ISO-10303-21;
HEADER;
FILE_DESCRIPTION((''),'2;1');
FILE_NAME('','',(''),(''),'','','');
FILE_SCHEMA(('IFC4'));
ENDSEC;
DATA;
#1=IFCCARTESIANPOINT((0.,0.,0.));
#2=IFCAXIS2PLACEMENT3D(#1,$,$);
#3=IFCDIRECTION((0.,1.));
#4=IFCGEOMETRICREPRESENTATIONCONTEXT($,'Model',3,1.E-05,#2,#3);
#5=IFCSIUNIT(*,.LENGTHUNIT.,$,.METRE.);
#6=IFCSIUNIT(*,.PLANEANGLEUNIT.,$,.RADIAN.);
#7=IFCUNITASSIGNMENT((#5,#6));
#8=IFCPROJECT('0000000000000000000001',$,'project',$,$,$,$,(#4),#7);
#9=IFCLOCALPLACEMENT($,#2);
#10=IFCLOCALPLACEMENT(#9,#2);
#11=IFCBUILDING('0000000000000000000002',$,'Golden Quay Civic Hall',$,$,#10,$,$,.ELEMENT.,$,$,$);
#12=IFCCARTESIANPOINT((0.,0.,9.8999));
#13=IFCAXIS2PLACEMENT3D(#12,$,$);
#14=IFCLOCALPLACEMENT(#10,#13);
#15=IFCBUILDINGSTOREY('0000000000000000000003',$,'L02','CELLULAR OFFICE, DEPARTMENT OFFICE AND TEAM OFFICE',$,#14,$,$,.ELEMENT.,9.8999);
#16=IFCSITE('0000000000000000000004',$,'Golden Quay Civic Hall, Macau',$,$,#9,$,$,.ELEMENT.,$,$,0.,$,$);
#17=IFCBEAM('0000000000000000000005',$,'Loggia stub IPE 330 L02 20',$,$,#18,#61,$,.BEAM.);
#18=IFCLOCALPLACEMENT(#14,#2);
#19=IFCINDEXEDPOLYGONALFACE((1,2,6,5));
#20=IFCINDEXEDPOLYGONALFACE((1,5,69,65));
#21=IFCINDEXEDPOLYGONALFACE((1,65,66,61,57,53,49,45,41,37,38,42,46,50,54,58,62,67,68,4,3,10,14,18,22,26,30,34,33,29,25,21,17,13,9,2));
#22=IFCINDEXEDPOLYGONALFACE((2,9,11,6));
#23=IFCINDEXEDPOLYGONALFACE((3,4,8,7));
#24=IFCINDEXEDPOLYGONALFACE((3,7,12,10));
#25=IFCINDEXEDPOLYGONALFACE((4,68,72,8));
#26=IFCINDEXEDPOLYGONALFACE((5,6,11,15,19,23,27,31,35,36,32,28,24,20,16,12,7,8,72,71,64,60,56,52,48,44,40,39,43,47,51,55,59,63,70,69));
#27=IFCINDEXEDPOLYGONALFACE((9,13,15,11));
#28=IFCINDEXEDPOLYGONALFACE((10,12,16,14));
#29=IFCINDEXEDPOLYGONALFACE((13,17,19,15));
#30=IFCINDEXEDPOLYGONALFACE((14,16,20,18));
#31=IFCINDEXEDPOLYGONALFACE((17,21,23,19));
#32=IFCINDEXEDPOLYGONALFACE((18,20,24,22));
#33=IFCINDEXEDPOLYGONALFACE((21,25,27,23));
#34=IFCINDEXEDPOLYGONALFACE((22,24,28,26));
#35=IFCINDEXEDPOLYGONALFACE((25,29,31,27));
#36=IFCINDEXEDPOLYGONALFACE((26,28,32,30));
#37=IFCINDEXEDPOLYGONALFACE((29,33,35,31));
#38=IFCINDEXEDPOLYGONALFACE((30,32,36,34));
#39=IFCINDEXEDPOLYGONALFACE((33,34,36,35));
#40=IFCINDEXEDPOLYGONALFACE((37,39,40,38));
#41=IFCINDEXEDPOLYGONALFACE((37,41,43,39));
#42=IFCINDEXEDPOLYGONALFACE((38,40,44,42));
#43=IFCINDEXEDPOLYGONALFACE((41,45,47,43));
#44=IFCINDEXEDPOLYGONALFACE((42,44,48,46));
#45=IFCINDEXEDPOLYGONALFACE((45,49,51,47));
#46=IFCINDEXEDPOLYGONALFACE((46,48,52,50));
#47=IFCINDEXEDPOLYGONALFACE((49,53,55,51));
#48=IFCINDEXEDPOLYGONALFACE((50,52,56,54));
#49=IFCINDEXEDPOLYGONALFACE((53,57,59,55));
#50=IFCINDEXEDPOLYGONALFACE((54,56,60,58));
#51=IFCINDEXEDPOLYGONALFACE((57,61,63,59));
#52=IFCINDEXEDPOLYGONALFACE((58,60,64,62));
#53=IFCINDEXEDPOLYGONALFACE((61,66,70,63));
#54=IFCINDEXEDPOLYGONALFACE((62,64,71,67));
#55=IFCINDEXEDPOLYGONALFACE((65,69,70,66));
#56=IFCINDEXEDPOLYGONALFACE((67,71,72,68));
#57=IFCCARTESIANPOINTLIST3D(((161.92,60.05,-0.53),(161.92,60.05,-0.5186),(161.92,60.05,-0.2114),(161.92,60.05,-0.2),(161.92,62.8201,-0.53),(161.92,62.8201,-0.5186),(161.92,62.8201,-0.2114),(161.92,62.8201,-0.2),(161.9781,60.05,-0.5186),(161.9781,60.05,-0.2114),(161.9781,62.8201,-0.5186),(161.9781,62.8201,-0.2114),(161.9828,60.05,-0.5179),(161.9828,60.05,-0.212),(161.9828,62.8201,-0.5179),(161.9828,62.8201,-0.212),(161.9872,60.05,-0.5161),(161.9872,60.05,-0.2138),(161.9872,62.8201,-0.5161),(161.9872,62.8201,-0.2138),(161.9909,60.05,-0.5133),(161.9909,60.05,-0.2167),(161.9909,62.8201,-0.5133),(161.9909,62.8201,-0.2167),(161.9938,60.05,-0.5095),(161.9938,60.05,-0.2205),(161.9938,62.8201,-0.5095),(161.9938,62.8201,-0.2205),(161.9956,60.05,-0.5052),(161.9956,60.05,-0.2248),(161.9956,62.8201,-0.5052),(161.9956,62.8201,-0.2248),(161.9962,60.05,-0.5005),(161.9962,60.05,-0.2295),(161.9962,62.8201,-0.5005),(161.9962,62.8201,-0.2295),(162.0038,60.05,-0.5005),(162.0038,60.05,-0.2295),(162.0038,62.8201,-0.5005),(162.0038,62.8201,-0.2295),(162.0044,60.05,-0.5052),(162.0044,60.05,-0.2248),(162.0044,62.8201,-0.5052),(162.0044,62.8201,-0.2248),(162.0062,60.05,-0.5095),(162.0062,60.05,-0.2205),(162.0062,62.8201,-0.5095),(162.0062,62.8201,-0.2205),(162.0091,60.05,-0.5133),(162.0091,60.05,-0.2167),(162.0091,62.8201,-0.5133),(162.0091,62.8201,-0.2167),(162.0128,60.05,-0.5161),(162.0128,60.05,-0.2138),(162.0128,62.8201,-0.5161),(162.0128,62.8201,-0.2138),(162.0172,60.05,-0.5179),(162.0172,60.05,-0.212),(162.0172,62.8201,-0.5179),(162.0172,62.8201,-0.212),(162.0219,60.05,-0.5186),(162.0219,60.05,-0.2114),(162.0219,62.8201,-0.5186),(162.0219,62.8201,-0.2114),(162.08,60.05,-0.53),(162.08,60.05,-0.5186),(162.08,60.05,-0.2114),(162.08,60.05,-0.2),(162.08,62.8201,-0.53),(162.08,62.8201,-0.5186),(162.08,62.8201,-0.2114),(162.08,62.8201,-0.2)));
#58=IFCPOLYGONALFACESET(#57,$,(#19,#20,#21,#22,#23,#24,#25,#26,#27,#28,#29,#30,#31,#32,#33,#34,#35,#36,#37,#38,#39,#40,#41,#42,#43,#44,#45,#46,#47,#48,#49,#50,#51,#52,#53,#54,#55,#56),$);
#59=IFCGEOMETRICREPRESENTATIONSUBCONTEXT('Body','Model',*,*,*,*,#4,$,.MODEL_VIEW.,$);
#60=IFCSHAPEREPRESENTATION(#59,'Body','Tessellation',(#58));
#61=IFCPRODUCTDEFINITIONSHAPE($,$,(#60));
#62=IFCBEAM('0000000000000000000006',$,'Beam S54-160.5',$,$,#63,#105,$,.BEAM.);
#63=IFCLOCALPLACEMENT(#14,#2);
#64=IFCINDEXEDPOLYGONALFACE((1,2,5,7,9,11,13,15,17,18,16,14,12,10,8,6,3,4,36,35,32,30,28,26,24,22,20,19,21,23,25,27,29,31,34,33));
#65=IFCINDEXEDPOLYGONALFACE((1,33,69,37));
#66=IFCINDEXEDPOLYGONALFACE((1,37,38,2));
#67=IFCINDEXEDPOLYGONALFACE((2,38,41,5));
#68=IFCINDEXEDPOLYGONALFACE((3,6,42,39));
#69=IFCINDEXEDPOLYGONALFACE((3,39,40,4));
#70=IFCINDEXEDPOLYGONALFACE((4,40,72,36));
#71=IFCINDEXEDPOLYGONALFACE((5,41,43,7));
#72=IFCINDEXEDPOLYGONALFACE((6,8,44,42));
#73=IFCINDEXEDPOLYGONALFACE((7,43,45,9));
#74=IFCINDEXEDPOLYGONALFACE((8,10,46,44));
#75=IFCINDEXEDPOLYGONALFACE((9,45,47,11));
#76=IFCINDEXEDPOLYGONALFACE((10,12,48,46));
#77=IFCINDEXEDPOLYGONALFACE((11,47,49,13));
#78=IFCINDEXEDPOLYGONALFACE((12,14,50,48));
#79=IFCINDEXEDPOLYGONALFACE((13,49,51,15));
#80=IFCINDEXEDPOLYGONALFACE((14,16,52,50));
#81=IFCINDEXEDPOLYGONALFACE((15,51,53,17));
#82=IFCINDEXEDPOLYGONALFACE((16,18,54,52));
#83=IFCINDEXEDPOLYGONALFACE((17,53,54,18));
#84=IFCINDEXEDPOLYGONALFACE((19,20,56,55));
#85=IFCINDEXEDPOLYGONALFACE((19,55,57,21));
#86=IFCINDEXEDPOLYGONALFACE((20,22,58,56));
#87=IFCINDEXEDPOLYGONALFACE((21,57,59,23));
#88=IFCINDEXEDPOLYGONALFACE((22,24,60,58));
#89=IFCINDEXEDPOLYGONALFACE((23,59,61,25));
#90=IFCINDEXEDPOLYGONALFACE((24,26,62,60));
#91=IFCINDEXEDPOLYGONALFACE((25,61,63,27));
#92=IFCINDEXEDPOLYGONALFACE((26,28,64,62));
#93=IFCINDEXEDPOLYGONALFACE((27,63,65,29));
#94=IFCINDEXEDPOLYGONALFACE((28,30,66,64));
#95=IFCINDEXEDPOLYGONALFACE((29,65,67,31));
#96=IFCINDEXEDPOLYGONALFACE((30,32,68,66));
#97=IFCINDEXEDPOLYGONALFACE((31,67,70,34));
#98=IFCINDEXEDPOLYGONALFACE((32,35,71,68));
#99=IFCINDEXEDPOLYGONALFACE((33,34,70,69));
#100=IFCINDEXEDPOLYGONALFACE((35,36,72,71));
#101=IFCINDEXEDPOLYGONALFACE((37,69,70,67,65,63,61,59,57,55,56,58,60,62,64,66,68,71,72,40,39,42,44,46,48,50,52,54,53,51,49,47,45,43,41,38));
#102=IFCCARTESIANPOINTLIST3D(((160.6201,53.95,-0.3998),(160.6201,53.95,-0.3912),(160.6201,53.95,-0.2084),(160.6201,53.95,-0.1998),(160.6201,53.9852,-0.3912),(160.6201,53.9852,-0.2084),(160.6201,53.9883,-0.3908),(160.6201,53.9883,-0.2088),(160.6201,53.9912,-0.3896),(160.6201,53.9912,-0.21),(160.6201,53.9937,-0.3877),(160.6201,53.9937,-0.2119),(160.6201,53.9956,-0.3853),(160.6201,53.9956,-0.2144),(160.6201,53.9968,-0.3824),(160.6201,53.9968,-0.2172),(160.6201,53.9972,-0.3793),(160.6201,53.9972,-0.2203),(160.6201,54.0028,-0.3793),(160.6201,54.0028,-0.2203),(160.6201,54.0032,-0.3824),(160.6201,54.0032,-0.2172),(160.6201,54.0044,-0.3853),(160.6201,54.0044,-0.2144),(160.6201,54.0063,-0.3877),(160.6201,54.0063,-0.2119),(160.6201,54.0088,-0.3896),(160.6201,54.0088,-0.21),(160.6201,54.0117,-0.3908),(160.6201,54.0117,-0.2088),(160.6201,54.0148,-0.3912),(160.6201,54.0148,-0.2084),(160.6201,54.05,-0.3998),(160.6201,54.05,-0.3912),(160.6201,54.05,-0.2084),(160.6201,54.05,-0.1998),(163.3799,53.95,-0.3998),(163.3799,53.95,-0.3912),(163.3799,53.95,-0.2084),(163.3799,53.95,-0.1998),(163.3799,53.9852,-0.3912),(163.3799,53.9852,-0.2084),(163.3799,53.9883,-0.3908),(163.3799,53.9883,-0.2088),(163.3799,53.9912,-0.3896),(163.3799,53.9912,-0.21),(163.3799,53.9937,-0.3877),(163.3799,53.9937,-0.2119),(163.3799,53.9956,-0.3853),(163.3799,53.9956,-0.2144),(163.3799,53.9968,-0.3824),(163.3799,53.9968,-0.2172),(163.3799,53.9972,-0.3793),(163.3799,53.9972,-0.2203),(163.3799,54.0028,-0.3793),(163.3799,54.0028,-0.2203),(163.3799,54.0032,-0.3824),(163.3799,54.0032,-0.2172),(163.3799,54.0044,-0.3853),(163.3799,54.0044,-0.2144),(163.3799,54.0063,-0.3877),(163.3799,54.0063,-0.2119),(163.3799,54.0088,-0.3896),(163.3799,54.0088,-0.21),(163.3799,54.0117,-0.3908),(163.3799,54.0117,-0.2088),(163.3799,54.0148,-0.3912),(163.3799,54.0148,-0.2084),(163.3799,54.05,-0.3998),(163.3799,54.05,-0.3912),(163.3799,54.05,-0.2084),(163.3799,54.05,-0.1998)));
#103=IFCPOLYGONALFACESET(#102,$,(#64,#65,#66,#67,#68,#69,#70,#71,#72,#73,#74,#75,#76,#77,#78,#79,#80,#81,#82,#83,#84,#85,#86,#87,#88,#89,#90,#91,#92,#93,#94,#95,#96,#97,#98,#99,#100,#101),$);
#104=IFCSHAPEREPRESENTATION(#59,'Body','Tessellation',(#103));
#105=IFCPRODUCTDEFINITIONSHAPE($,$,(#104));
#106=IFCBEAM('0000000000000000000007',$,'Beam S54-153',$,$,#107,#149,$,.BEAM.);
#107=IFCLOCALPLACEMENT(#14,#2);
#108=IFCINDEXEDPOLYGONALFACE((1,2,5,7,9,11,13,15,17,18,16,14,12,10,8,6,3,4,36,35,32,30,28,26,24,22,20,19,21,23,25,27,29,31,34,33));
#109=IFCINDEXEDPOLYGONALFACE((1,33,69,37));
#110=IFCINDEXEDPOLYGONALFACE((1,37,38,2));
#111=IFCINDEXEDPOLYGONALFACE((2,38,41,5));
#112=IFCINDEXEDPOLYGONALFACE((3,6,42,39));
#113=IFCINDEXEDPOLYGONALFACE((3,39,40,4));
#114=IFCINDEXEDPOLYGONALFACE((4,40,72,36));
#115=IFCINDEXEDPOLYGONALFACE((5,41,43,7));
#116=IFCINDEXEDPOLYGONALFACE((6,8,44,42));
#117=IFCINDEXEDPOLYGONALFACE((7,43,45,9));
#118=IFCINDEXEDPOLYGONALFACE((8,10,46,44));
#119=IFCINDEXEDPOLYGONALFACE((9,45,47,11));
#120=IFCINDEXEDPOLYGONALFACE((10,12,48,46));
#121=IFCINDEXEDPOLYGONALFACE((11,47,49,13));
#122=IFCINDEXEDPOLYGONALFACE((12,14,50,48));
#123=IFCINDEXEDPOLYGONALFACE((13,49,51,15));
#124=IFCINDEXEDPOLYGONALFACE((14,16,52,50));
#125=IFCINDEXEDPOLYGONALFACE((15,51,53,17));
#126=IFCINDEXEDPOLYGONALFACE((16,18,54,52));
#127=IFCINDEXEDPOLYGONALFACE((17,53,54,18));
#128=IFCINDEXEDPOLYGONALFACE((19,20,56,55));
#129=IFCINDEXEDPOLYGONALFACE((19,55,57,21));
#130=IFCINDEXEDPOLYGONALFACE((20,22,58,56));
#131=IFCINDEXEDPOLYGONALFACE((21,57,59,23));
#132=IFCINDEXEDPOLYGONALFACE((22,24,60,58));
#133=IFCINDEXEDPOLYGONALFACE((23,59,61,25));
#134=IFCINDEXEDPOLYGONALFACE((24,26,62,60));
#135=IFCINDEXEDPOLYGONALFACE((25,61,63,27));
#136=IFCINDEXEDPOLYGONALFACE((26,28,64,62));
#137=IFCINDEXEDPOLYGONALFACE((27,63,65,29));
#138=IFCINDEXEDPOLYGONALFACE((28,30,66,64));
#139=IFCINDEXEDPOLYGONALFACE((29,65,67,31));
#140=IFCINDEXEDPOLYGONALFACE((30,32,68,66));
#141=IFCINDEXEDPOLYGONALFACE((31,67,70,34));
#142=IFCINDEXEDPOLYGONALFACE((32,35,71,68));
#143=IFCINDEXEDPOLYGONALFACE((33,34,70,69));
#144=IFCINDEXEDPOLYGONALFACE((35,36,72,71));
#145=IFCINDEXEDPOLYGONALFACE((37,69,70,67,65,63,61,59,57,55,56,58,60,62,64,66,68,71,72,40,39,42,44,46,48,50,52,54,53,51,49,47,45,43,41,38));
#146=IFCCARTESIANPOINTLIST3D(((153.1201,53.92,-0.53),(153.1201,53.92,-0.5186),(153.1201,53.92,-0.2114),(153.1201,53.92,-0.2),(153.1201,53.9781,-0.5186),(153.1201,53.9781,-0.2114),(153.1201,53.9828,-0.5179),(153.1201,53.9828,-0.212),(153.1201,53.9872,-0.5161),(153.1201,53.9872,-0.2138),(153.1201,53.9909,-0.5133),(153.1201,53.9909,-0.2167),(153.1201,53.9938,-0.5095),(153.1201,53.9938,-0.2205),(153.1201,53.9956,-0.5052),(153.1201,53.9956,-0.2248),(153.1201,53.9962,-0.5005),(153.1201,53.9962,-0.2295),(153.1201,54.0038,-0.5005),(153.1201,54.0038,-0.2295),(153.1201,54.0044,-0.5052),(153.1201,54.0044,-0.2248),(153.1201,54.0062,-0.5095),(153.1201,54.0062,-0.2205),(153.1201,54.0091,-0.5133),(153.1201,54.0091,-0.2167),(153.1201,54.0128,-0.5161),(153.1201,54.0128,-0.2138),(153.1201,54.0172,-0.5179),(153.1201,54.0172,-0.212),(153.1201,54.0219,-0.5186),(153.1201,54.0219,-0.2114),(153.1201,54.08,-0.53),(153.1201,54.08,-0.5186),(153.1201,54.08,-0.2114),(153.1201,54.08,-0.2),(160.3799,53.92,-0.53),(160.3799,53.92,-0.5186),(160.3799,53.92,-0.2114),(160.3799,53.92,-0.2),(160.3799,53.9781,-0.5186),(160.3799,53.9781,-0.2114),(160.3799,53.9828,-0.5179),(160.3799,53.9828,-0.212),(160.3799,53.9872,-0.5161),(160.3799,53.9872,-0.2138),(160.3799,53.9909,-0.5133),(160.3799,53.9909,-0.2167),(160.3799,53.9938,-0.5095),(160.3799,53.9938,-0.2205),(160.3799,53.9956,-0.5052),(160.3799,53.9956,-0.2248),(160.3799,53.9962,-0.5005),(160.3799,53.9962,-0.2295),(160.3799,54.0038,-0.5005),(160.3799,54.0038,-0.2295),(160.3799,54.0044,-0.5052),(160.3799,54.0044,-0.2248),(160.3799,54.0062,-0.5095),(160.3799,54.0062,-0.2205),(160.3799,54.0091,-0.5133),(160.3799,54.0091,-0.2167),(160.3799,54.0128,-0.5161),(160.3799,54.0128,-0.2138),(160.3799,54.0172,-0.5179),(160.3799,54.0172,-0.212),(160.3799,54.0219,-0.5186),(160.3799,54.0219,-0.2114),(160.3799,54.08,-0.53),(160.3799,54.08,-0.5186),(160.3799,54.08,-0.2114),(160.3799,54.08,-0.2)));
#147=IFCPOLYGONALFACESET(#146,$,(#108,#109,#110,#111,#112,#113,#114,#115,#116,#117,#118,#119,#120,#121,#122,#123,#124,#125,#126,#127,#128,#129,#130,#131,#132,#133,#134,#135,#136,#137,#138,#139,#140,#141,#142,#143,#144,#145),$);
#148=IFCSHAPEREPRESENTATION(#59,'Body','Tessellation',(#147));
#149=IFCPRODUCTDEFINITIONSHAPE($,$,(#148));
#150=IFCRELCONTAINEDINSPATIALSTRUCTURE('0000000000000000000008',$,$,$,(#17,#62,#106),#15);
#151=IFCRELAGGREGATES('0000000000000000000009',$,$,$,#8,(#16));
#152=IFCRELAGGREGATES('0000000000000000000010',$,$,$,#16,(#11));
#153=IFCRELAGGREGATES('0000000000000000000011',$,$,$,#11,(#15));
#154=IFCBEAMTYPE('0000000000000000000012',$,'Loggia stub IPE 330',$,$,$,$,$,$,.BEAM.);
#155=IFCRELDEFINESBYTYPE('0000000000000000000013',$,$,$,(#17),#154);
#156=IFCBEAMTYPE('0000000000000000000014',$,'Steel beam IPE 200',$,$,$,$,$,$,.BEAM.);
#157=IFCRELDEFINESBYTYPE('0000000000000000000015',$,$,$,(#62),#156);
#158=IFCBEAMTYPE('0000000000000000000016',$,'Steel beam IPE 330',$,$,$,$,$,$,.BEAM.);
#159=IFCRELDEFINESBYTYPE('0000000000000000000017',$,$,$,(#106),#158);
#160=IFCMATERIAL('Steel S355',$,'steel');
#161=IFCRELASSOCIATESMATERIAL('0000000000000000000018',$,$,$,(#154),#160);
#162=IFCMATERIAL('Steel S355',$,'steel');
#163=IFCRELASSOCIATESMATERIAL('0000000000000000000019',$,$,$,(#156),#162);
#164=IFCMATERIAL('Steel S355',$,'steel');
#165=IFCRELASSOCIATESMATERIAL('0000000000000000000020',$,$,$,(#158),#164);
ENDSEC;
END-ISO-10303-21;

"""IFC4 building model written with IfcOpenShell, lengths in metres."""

from ifc_helpers import new_model, si_unit, direction, frame, origin, origin_2d, place, context, subcontext, project, spatial, i_section, extrude, material, material_profile, profile_set, type_object, element, save


model = new_model("IFC4")

# Units and contexts
model_context = context("Model", 3, precision=1e-05, world=origin(), true_north=direction((0.0, 1.0)))
body_context = subcontext(model_context, "Body", "Model", "MODEL_VIEW")
ifc_project = project(units=[si_unit("LENGTHUNIT", "METRE"), si_unit("PLANEANGLEUNIT", "RADIAN")], contexts=[model_context])

# Site, building, storey
site_placement = place(None, origin())
site = spatial("IfcSite", under=ifc_project, at=site_placement, Name="Golden Quay Civic Hall, Macau", CompositionType="ELEMENT", RefElevation=0.0)
building_placement = place(site_placement, origin())
building = spatial("IfcBuilding", under=site, at=building_placement, Name="Golden Quay Civic Hall", CompositionType="ELEMENT")
storey_placement = place(building_placement, frame((0.0, 0.0, 9.8999)))
storey = spatial("IfcBuildingStorey", under=building, at=storey_placement, Name="L02", Description="CELLULAR OFFICE, DEPARTMENT OFFICE AND TEAM OFFICE", CompositionType="ELEMENT", Elevation=9.8999)

# Beams
ifc_material_1 = material(Name="Steel S355", Category="steel")
ifc_material_profile_1 = material_profile(ifc_material_1, i_section(OverallWidth=0.1599, OverallDepth=0.3301, WebThickness=0.0076, FlangeThickness=0.0115, FilletRadius=0.0181, at=origin_2d()), Name="IPE 330")
ifc_profile_set_1 = profile_set([ifc_material_profile_1], Name="Steel S355")
beam_type_1 = type_object("IfcBeamType", Name="Loggia stub IPE 330", PredefinedType="BEAM", material=ifc_profile_set_1)
beam_1_placement = place(storey_placement, frame((162.0, 62.8201, -0.365), z_axis=(0.0, -1.0, 0.0), x_axis=(1.0, 0.0, 0.0)))
element("IfcBeam", 1, at=beam_1_placement, inside=storey, type_object=beam_type_1, Name="Loggia stub IPE 330 L02 20", PredefinedType="BEAM", context=body_context, shape_type="SweptSolid", body=[
    extrude(i_section(OverallWidth=0.1599, OverallDepth=0.3301, WebThickness=0.0076, FlangeThickness=0.0115, FilletRadius=0.0181, at=origin_2d()), origin(), (0.0, 0.0, 1.0), 2.77),
])
ifc_material_2 = material(Name="Steel S355", Category="steel")
ifc_material_profile_2 = material_profile(ifc_material_2, i_section(OverallWidth=0.1001, OverallDepth=0.2, WebThickness=0.0056, FlangeThickness=0.0085, FilletRadius=0.012, at=origin_2d()), Name="IPE 200")
ifc_profile_set_2 = profile_set([ifc_material_profile_2], Name="Steel S355")
beam_type_2 = type_object("IfcBeamType", Name="Steel beam IPE 200", PredefinedType="BEAM", material=ifc_profile_set_2)
beam_2_placement = place(storey_placement, frame((160.6201, 54.0, -0.2998), z_axis=(1.0, 0.0, 0.0), x_axis=(0.0, 1.0, 0.0)))
element("IfcBeam", 2, at=beam_2_placement, inside=storey, type_object=beam_type_2, Name="Beam S54-160.5", PredefinedType="BEAM", context=body_context, shape_type="SweptSolid", body=[
    extrude(i_section(OverallWidth=0.1001, OverallDepth=0.2, WebThickness=0.0056, FlangeThickness=0.0085, FilletRadius=0.012, at=origin_2d()), origin(), (0.0, 0.0, 1.0), 2.7598),
])
ifc_material_3 = material(Name="Steel S355", Category="steel")
ifc_material_profile_3 = material_profile(ifc_material_3, i_section(OverallWidth=0.1599, OverallDepth=0.3301, WebThickness=0.0076, FlangeThickness=0.0115, FilletRadius=0.0181, at=origin_2d()), Name="IPE 330")
ifc_profile_set_3 = profile_set([ifc_material_profile_3], Name="Steel S355")
beam_type_3 = type_object("IfcBeamType", Name="Steel beam IPE 330", PredefinedType="BEAM", material=ifc_profile_set_3)
beam_3_placement = place(storey_placement, frame((153.1201, 54.0, -0.365), z_axis=(1.0, 0.0, 0.0), x_axis=(0.0, 1.0, 0.0)))
element("IfcBeam", 3, at=beam_3_placement, inside=storey, type_object=beam_type_3, Name="Beam S54-153", PredefinedType="BEAM", context=body_context, shape_type="SweptSolid", body=[
    extrude(i_section(OverallWidth=0.1599, OverallDepth=0.3301, WebThickness=0.0076, FlangeThickness=0.0115, FilletRadius=0.0181, at=origin_2d()), origin(), (0.0, 0.0, 1.0), 7.2598),
])

save(model, "model.ifc")
